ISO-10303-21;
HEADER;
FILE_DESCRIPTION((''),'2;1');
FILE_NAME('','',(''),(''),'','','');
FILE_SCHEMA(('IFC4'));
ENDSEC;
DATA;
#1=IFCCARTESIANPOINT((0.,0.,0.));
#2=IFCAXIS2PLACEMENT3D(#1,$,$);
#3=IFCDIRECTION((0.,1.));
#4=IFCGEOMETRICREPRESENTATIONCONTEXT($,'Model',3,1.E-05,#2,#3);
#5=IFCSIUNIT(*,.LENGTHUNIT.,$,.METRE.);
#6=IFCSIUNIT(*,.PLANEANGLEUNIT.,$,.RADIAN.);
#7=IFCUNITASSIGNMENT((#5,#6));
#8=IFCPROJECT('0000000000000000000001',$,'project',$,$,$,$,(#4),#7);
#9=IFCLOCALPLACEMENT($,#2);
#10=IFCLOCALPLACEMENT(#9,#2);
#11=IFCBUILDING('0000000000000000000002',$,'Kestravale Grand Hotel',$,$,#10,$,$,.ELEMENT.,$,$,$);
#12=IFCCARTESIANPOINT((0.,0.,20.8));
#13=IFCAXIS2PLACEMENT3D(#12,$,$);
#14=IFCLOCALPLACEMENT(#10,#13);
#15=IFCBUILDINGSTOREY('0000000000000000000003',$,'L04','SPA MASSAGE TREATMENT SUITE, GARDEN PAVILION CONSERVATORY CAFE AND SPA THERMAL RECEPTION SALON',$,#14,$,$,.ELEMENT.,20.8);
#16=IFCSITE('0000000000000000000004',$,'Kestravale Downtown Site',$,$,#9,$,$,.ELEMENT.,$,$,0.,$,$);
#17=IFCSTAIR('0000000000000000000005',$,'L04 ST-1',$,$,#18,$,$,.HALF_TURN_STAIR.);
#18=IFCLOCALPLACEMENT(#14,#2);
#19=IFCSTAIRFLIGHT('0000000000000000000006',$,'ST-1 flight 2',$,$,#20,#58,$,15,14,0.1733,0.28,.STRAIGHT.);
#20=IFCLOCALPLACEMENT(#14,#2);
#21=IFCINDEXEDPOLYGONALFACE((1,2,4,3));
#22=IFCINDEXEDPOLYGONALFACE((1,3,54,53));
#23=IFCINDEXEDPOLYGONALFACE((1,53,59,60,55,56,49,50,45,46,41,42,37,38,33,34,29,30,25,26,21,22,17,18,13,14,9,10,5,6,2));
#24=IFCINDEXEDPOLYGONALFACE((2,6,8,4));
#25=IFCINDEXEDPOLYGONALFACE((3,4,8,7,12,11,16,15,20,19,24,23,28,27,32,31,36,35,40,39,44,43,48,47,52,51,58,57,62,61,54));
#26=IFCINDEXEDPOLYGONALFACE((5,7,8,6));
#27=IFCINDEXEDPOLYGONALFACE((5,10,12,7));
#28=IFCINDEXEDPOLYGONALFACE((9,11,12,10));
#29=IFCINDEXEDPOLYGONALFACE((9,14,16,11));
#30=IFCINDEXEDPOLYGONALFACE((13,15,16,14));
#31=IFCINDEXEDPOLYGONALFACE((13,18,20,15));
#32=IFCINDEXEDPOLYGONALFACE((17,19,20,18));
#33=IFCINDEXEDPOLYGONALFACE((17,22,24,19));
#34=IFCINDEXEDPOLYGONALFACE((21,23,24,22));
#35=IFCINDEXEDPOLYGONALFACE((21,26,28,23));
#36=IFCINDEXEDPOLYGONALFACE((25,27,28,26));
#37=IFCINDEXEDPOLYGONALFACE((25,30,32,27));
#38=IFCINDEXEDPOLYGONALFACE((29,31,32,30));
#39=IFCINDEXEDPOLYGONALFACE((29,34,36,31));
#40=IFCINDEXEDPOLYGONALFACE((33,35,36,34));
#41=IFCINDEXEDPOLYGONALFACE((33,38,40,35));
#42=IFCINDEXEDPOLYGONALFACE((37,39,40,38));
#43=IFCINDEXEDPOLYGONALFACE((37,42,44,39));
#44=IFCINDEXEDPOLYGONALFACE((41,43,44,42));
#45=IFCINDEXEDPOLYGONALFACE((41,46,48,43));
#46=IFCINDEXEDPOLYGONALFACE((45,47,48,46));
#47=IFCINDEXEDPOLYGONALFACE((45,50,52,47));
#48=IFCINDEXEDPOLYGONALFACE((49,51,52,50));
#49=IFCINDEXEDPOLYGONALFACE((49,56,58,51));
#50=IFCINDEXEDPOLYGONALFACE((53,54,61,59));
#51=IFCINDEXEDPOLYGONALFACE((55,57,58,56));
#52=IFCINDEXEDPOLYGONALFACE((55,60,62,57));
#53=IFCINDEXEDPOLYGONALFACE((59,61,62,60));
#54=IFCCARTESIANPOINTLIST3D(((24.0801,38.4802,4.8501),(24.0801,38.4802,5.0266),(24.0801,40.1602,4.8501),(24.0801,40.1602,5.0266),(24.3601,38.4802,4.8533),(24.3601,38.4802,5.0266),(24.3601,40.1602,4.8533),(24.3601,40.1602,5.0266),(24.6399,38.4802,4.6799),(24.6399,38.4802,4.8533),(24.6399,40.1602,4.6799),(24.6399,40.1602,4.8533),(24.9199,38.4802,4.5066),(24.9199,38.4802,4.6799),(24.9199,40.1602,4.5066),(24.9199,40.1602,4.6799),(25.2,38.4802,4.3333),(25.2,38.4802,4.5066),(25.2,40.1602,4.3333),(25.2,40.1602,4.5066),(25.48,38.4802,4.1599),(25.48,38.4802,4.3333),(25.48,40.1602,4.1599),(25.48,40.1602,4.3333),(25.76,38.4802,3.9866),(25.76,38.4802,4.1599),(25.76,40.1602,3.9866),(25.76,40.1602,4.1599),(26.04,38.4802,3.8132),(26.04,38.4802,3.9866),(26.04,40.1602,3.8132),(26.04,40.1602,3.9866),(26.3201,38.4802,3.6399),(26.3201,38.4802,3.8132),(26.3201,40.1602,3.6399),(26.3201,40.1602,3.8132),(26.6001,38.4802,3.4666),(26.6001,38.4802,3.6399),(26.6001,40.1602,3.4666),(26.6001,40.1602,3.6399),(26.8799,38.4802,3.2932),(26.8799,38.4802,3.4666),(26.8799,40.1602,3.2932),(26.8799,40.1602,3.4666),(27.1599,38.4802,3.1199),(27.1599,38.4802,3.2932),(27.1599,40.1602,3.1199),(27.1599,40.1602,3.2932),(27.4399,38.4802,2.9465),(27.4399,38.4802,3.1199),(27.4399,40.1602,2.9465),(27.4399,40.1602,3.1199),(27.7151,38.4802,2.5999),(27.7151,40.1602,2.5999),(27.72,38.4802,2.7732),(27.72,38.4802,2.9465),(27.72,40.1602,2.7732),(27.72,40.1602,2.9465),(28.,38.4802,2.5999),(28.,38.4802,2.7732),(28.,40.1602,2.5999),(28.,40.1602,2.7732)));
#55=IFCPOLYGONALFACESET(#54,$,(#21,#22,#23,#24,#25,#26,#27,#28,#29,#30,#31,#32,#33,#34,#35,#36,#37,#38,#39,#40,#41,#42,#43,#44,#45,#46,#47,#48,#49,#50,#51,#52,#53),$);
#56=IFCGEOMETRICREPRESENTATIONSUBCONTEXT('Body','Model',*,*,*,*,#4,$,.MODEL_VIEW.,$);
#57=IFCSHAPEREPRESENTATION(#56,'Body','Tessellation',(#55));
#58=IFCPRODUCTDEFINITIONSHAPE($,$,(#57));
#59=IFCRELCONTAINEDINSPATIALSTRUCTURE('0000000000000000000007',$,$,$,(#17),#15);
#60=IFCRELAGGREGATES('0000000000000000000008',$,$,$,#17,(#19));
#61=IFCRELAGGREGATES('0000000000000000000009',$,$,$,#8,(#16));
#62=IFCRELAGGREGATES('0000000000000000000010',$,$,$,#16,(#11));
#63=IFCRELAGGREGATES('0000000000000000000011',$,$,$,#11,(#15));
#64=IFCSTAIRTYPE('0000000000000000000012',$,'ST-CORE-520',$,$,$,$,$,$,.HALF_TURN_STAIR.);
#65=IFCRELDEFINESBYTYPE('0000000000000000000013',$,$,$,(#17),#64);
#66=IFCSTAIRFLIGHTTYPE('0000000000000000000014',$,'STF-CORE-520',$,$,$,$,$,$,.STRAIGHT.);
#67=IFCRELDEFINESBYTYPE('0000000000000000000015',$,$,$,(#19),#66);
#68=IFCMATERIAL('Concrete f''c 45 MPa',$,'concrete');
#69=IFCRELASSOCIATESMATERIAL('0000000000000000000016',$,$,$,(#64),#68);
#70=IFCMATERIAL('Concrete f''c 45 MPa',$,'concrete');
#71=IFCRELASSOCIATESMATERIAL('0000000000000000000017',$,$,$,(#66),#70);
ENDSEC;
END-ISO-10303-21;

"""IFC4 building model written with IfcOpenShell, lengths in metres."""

from ifc_helpers import new_model, si_unit, direction, frame, origin, place, context, subcontext, project, spatial, polyline, outline, extrude, material, type_object, element, aggregate, save


model = new_model("IFC4")

# Units and contexts
model_context = context("Model", 3, precision=1e-05, world=origin(), true_north=direction((0.0, 1.0)))
body_context = subcontext(model_context, "Body", "Model", "MODEL_VIEW")
ifc_project = project(units=[si_unit("LENGTHUNIT", "METRE"), si_unit("PLANEANGLEUNIT", "RADIAN")], contexts=[model_context])

# Site, building, storey
site_placement = place(None, origin())
site = spatial("IfcSite", under=ifc_project, at=site_placement, Name="Kestravale Downtown Site", CompositionType="ELEMENT", RefElevation=0.0)
building_placement = place(site_placement, origin())
building = spatial("IfcBuilding", under=site, at=building_placement, Name="Kestravale Grand Hotel", CompositionType="ELEMENT")
storey_placement = place(building_placement, frame((0.0, 0.0, 20.8)))
storey = spatial("IfcBuildingStorey", under=building, at=storey_placement, Name="L04", Description="SPA MASSAGE TREATMENT SUITE, GARDEN PAVILION CONSERVATORY CAFE AND SPA THERMAL RECEPTION SALON", CompositionType="ELEMENT", Elevation=20.8)

# Stair, stair flight
ifc_material_1 = material(Name="Concrete f'c 45 MPa", Category="concrete")
stair_type = type_object("IfcStairType", Name="ST-CORE-520", PredefinedType="HALF_TURN_STAIR", material=ifc_material_1)
stair_placement = place(storey_placement, origin())
stair = element("IfcStair", 1, at=stair_placement, inside=storey, type_object=stair_type, Name="L04 ST-1", PredefinedType="HALF_TURN_STAIR")
ifc_material_2 = material(Name="Concrete f'c 45 MPa", Category="concrete")
stair_flight_type = type_object("IfcStairFlightType", Name="STF-CORE-520", PredefinedType="STRAIGHT", material=ifc_material_2)
stair_flight_placement = place(storey_placement, frame((28.0, 39.3201, 2.5999), z_axis=(0.0, 0.0, 1.0), x_axis=(-1.0, 0.0, 0.0)))
stair_flight = element("IfcStairFlight", 2, at=stair_flight_placement, type_object=stair_flight_type, Name="ST-1 flight 2", NumberOfRisers=15, NumberOfTreads=14, PredefinedType="STRAIGHT", RiserHeight=0.1733, TreadLength=0.28, context=body_context, shape_type="SweptSolid", body=[
    extrude(outline(polyline([(0.0, 0.0), (0.0, 0.1733), (0.28, 0.1733), (0.28, 0.3467), (0.5601, 0.3467), (0.5601, 0.52), (0.8401, 0.52), (0.8401, 0.6934), (1.1201, 0.6934), (1.1201, 0.8667), (1.3999, 0.8667), (1.3999, 1.04), (1.6799, 1.04), (1.6799, 1.2134), (1.96, 1.2134), (1.96, 1.3867), (2.24, 1.3867), (2.24, 1.5601), (2.52, 1.5601), (2.52, 1.7334), (2.8, 1.7334), (2.8, 1.9067), (3.0801, 1.9067), (3.0801, 2.0801), (3.3601, 2.0801), (3.3601, 2.2534), (3.6399, 2.2534), (3.6399, 2.4268), (3.9199, 2.4268), (3.9199, 2.6001), (3.9199, 2.2502), (0.2849, 0.0), (0.0, 0.0)])), frame((0.0, 0.8398, 0.0), z_axis=(0.0, -1.0, 0.0), x_axis=(1.0, 0.0, 0.0)), (0.0, 0.0, 1.0), 1.6799),
])
aggregate(stair, [stair_flight])

save(model, "model.ifc")
